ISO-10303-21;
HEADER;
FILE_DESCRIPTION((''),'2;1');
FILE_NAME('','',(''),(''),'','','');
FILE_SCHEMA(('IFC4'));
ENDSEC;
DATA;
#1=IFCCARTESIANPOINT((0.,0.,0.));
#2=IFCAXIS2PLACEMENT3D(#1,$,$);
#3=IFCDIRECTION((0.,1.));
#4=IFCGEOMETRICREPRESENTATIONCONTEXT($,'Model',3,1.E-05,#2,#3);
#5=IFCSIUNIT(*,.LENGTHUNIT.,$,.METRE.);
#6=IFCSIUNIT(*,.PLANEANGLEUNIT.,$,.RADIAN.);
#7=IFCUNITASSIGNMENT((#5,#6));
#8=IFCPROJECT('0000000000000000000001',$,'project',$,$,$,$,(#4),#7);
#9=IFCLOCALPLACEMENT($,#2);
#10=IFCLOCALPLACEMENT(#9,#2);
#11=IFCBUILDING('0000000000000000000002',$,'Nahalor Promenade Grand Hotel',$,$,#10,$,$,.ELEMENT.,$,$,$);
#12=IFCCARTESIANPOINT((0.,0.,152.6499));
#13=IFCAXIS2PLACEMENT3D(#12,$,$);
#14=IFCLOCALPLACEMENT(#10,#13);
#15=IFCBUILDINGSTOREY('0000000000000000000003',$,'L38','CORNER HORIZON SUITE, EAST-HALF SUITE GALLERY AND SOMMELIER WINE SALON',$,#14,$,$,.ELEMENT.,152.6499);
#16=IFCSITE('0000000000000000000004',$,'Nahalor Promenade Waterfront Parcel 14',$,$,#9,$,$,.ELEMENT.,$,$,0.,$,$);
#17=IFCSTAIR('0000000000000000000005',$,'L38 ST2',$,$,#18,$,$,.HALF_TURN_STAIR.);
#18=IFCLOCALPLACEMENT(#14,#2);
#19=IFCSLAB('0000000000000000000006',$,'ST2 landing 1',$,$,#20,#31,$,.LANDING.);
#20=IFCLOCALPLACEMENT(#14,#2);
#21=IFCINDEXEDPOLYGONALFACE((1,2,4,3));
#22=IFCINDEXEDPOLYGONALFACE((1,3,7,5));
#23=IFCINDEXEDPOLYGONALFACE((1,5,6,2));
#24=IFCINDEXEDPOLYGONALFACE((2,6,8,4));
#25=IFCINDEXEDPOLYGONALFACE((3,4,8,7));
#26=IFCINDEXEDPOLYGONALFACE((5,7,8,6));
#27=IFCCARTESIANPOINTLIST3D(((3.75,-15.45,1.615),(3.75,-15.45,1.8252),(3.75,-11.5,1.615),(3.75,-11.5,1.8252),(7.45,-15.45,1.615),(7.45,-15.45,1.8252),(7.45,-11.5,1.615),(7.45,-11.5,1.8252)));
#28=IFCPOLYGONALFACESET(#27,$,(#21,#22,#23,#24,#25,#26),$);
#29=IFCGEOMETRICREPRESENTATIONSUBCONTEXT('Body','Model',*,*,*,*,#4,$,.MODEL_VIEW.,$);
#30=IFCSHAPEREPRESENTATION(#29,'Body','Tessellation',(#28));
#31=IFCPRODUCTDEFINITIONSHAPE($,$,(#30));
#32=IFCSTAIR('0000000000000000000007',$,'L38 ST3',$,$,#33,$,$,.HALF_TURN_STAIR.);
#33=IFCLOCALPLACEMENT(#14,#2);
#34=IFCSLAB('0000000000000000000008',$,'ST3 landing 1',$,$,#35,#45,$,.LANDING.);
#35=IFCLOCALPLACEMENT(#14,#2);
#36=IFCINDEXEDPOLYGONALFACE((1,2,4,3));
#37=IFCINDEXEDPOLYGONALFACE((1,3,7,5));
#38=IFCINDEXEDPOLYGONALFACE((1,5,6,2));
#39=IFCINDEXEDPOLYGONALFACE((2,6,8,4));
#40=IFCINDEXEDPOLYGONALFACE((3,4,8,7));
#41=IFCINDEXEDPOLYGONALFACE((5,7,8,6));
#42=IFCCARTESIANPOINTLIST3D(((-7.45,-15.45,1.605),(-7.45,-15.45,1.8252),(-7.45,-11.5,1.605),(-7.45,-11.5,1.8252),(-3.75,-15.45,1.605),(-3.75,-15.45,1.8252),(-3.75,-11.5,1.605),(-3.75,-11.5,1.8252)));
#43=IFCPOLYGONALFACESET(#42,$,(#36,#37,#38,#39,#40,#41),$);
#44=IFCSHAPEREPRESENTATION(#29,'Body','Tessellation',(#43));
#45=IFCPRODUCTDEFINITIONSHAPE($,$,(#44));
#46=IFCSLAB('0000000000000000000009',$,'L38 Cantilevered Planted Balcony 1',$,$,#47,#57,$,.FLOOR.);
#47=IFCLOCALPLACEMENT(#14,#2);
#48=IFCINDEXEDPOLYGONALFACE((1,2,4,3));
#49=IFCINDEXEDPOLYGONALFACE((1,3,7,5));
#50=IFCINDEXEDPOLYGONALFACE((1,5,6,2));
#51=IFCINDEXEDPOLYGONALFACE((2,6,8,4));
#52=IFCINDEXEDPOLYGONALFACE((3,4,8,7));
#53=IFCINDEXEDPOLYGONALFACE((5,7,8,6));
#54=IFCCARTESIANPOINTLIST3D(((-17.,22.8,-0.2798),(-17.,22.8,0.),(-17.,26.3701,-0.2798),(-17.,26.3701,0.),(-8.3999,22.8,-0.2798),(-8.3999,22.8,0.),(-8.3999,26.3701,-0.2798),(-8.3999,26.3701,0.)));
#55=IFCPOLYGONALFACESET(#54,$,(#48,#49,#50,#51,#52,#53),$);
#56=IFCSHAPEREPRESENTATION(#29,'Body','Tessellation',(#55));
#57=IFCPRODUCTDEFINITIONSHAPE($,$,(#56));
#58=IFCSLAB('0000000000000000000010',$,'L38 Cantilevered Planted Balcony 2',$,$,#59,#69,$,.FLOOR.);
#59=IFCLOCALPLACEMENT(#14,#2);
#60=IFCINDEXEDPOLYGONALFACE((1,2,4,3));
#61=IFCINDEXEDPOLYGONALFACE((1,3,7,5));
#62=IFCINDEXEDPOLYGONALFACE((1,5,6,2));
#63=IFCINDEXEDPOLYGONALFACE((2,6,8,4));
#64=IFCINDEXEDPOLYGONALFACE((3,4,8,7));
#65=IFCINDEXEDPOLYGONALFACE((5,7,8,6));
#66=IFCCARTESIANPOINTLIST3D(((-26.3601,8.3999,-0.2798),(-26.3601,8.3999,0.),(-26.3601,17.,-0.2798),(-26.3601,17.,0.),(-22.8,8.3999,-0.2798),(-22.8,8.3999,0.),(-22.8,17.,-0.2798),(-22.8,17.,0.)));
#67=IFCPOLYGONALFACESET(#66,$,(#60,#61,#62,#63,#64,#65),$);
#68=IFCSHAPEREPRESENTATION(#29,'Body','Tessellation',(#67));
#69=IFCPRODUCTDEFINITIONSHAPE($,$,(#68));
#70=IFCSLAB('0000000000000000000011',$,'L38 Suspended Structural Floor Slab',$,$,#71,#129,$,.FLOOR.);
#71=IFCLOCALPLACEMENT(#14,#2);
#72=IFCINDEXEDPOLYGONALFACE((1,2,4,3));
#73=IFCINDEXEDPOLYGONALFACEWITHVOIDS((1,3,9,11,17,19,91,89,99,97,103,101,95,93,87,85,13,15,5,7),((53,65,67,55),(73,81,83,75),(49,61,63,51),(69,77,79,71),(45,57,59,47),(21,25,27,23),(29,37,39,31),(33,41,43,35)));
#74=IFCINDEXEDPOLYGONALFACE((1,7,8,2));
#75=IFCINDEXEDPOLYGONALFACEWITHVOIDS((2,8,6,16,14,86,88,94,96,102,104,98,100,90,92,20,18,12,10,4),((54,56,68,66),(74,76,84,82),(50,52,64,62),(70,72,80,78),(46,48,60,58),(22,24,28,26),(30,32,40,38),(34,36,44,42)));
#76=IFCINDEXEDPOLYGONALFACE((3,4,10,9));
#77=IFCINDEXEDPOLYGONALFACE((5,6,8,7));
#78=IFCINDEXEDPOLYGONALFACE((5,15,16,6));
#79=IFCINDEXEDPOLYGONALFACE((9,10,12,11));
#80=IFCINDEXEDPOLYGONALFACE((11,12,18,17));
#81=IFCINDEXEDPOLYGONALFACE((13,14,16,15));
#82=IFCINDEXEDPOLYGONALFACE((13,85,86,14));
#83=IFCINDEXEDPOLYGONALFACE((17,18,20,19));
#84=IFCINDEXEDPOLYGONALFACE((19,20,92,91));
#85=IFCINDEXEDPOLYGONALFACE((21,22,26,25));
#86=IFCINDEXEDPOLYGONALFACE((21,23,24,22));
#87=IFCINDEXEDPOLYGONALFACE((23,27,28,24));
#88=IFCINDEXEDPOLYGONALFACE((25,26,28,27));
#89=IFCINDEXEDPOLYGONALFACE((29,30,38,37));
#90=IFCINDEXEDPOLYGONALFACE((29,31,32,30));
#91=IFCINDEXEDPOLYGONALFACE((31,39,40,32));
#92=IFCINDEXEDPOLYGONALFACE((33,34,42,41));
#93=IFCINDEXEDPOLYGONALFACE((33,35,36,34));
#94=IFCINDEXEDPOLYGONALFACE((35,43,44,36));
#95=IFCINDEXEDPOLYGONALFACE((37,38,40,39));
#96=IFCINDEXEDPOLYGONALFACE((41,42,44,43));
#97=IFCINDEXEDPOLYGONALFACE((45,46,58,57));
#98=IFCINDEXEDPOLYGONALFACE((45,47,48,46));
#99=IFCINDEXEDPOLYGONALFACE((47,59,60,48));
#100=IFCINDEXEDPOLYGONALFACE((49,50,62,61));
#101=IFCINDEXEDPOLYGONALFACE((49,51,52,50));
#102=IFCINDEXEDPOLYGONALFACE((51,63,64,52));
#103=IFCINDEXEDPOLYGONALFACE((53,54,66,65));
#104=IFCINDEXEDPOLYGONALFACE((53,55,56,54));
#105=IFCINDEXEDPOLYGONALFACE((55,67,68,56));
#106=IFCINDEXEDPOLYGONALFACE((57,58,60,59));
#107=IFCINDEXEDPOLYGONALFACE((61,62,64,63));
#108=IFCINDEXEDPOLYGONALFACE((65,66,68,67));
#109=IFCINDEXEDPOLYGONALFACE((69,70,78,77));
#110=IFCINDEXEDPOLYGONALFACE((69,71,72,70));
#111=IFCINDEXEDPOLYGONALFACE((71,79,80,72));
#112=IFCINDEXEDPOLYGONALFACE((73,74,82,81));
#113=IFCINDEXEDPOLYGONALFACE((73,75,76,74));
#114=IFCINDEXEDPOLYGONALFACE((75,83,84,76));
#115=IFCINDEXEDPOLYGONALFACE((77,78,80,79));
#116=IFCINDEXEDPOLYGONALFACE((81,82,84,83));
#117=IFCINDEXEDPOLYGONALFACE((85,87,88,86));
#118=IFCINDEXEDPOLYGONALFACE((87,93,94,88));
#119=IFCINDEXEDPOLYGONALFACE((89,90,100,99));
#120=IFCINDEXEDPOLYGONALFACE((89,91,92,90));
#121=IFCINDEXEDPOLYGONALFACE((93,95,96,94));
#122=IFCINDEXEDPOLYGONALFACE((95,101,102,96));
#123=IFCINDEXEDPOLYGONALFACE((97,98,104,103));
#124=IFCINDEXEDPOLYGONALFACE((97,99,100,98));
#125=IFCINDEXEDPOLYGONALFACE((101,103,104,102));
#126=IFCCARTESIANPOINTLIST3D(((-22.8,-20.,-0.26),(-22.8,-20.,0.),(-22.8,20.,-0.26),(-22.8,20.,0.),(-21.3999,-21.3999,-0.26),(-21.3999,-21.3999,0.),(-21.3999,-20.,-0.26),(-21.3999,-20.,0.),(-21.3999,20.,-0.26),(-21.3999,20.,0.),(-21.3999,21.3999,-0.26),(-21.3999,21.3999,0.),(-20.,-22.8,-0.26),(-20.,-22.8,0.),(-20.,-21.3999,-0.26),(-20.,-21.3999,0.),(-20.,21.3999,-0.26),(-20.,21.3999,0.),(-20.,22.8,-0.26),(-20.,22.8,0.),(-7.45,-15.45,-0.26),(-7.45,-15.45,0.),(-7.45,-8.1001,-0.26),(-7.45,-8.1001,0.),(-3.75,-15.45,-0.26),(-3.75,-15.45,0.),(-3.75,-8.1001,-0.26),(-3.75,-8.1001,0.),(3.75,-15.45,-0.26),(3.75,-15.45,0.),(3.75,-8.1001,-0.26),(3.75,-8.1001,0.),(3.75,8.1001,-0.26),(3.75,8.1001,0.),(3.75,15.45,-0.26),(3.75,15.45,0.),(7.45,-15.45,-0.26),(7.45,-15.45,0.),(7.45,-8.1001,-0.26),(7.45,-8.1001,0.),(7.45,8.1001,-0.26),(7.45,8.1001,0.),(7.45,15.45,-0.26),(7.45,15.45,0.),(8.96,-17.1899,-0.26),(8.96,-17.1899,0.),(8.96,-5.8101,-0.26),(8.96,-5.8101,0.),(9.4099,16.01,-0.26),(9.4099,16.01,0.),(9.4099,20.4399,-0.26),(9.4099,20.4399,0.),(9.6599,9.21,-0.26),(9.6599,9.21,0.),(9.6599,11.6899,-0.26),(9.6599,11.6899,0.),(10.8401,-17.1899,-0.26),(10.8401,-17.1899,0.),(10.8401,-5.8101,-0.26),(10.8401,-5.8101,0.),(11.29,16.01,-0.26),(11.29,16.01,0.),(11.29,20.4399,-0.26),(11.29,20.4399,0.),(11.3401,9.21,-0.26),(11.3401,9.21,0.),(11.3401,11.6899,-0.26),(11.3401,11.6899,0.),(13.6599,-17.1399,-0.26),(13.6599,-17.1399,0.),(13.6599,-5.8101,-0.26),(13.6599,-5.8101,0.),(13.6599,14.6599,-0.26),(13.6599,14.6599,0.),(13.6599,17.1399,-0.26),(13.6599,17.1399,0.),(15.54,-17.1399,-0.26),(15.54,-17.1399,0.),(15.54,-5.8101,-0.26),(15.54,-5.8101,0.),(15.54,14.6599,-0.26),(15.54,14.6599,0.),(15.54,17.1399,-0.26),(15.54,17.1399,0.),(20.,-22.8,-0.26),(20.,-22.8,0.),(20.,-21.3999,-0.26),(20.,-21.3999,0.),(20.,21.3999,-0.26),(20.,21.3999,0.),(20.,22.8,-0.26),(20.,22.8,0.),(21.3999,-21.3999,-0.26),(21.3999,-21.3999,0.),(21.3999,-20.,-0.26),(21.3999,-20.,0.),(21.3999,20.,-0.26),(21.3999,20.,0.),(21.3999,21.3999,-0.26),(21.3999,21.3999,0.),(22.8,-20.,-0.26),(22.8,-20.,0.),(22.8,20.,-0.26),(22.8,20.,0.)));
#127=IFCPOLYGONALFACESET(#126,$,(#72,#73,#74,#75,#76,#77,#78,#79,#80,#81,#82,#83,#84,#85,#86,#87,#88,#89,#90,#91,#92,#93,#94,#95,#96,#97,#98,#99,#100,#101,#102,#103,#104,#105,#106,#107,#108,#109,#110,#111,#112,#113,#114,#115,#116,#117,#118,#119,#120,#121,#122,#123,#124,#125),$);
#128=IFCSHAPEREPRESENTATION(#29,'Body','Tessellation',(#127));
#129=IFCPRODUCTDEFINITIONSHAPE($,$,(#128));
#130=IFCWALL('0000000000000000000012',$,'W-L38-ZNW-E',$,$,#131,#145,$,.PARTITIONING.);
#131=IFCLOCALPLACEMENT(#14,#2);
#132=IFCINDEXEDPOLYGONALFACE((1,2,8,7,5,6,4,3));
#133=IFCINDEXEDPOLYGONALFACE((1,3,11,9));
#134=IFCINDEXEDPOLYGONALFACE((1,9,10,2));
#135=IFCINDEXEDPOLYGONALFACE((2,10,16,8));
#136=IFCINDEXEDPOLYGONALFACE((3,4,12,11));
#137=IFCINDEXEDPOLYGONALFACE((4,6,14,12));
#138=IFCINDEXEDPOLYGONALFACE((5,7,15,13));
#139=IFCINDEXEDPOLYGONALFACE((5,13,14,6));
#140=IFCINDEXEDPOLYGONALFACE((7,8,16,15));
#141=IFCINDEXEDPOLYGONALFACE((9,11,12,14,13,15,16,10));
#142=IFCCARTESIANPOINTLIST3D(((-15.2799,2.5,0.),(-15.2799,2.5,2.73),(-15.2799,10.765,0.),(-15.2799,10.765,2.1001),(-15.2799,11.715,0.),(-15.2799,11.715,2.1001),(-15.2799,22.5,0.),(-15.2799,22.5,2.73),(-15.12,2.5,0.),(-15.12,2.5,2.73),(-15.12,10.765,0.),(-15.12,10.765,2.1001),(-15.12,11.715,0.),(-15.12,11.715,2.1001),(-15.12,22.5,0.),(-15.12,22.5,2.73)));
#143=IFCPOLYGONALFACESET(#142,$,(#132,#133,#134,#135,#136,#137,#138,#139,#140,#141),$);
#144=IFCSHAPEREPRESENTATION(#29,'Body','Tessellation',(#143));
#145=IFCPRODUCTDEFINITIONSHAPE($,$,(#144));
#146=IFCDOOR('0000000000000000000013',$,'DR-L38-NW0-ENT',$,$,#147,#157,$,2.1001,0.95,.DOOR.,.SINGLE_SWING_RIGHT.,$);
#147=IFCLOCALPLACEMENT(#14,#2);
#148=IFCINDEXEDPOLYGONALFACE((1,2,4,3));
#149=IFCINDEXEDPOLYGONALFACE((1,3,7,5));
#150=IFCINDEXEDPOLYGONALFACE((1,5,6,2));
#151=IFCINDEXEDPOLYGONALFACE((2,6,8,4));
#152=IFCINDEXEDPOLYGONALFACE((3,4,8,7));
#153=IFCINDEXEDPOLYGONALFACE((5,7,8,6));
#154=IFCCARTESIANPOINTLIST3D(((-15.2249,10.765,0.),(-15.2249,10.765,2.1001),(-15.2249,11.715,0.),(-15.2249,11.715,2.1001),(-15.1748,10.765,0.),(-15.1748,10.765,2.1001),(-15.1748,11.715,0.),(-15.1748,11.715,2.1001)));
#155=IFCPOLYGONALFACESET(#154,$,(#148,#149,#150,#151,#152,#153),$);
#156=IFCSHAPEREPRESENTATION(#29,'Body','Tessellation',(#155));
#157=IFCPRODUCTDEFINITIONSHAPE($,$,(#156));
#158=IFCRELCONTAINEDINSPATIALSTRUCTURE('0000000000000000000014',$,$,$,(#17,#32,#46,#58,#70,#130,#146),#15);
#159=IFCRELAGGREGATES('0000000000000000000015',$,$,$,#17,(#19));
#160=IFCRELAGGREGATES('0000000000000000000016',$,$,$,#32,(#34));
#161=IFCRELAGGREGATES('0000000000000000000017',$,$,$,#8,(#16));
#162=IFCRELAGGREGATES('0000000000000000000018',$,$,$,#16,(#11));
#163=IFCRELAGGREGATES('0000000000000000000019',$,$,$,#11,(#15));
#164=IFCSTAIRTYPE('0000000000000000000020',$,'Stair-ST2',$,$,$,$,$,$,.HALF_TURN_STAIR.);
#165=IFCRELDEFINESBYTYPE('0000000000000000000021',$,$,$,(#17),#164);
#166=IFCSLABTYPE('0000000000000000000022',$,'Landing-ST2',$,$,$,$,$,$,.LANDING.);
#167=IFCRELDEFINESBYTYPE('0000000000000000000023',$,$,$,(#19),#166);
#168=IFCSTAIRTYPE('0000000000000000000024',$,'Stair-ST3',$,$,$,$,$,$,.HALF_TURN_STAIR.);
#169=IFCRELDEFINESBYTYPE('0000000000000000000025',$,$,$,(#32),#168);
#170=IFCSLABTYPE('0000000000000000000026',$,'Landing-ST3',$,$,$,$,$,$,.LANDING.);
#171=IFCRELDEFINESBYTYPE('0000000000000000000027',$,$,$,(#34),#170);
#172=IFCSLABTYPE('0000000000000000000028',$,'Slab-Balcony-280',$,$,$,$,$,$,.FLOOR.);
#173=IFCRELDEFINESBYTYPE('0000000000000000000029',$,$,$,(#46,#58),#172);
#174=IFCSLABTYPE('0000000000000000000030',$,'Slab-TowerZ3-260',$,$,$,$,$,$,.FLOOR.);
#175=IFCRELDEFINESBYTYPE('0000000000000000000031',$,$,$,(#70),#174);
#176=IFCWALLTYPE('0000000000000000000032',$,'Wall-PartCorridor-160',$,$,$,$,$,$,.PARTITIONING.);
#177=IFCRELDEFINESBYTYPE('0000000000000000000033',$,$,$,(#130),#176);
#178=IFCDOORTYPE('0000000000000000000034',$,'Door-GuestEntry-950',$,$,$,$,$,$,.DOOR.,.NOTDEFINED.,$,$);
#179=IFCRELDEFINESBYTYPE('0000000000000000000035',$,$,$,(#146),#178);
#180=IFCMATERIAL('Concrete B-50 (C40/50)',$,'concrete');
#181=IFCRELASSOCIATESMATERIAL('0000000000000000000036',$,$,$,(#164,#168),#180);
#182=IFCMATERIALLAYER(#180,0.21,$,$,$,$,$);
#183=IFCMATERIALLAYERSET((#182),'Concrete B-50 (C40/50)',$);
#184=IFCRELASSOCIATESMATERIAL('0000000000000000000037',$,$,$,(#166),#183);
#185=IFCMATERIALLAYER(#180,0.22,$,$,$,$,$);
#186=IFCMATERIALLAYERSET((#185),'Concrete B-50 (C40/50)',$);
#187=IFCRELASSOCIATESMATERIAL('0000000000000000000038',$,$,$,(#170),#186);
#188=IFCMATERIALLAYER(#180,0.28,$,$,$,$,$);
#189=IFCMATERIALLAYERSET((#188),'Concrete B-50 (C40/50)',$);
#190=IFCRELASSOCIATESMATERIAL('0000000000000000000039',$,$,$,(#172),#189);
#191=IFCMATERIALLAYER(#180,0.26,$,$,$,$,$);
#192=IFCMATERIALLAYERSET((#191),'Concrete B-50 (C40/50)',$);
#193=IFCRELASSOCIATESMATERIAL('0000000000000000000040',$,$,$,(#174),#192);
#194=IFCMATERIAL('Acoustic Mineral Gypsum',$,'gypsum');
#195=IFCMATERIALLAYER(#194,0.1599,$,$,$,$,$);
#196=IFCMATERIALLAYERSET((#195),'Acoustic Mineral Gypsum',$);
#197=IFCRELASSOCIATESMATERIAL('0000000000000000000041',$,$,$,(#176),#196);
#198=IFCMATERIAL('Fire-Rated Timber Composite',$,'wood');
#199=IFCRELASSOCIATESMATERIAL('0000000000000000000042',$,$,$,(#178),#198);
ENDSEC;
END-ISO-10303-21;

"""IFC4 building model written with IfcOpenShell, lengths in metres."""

from ifc_helpers import new_model, si_unit, direction, frame, frame_2d, origin, place, context, subcontext, project, spatial, polyline, rectangle, outline, extrude, source, transform, mapped, material, layer, layer_set, type_object, element, fill, aggregate, save


model = new_model("IFC4")

# Units and contexts
model_context = context("Model", 3, precision=1e-05, world=origin(), true_north=direction((0.0, 1.0)))
body_context = subcontext(model_context, "Body", "Model", "MODEL_VIEW")
ifc_project = project(units=[si_unit("LENGTHUNIT", "METRE"), si_unit("PLANEANGLEUNIT", "RADIAN")], contexts=[model_context])

# Site, building, storey
site_placement = place(None, origin())
site = spatial("IfcSite", under=ifc_project, at=site_placement, Name="Nahalor Promenade Waterfront Parcel 14", CompositionType="ELEMENT", RefElevation=0.0)
building_placement = place(site_placement, origin())
building = spatial("IfcBuilding", under=site, at=building_placement, Name="Nahalor Promenade Grand Hotel", CompositionType="ELEMENT")
storey_placement = place(building_placement, frame((0.0, 0.0, 152.6499)))
storey = spatial("IfcBuildingStorey", under=building, at=storey_placement, Name="L38", Description="CORNER HORIZON SUITE, EAST-HALF SUITE GALLERY AND SOMMELIER WINE SALON", CompositionType="ELEMENT", Elevation=152.6499)

# Stairs, slabs
ifc_material_1 = material(Name="Concrete B-50 (C40/50)", Category="concrete")
stair_type_1 = type_object("IfcStairType", Name="Stair-ST2", PredefinedType="HALF_TURN_STAIR", material=ifc_material_1)
stair_1_placement = place(storey_placement, origin())
stair_1 = element("IfcStair", 1, at=stair_1_placement, inside=storey, type_object=stair_type_1, Name="L38 ST2", PredefinedType="HALF_TURN_STAIR")
ifc_layer_1 = layer(ifc_material_1, 0.21)
ifc_layer_set_1 = layer_set([ifc_layer_1], Name="Concrete B-50 (C40/50)")
slab_type_1 = type_object("IfcSlabType", Name="Landing-ST2", PredefinedType="LANDING", material=ifc_layer_set_1)
slab_1_placement = place(storey_placement, frame((0.0, 0.0, 1.615)))
slab_1 = element("IfcSlab", 2, at=slab_1_placement, type_object=slab_type_1, Name="ST2 landing 1", PredefinedType="LANDING", context=body_context, shape_type="SweptSolid", body=[
    extrude(outline(polyline([(3.75, -11.5), (3.75, -15.45), (7.45, -15.45), (7.45, -11.5), (3.75, -11.5)])), origin(), (0.0, 0.0, 1.0), 0.2102),
])
aggregate(stair_1, [slab_1])
stair_type_2 = type_object("IfcStairType", Name="Stair-ST3", PredefinedType="HALF_TURN_STAIR", material=ifc_material_1)
stair_2_placement = place(storey_placement, origin())
stair_2 = element("IfcStair", 3, at=stair_2_placement, inside=storey, type_object=stair_type_2, Name="L38 ST3", PredefinedType="HALF_TURN_STAIR")
ifc_layer_2 = layer(ifc_material_1, 0.22)
ifc_layer_set_2 = layer_set([ifc_layer_2], Name="Concrete B-50 (C40/50)")
slab_type_2 = type_object("IfcSlabType", Name="Landing-ST3", PredefinedType="LANDING", material=ifc_layer_set_2)
slab_2_placement = place(storey_placement, frame((0.0, 0.0, 1.605)))
slab_2 = element("IfcSlab", 4, at=slab_2_placement, type_object=slab_type_2, Name="ST3 landing 1", PredefinedType="LANDING", context=body_context, shape_type="SweptSolid", body=[
    extrude(outline(polyline([(-7.45, -11.5), (-7.45, -15.45), (-3.75, -15.45), (-3.75, -11.5), (-7.45, -11.5)])), origin(), (0.0, 0.0, 1.0), 0.2202),
])
aggregate(stair_2, [slab_2])

# Slabs
ifc_layer_3 = layer(ifc_material_1, 0.28)
ifc_layer_set_3 = layer_set([ifc_layer_3], Name="Concrete B-50 (C40/50)")
slab_type_3 = type_object("IfcSlabType", Name="Slab-Balcony-280", PredefinedType="FLOOR", material=ifc_layer_set_3)
slab_3_placement = place(storey_placement, frame((0.0, 0.0, -0.2798)))
element("IfcSlab", 5, at=slab_3_placement, inside=storey, type_object=slab_type_3, Name="L38 Cantilevered Planted Balcony 1", PredefinedType="FLOOR", context=body_context, shape_type="SweptSolid", body=[
    extrude(outline(polyline([(-17.0, 22.8), (-8.3999, 22.8), (-8.3999, 26.3701), (-17.0, 26.3701), (-17.0, 22.8)])), origin(), (0.0, 0.0, 1.0), 0.2798),
])
slab_4_placement = place(storey_placement, frame((0.0, 0.0, -0.2798)))
element("IfcSlab", 6, at=slab_4_placement, inside=storey, type_object=slab_type_3, Name="L38 Cantilevered Planted Balcony 2", PredefinedType="FLOOR", context=body_context, shape_type="SweptSolid", body=[
    extrude(outline(polyline([(-26.3601, 8.3999), (-22.8, 8.3999), (-22.8, 17.0), (-26.3601, 17.0), (-26.3601, 8.3999)])), origin(), (0.0, 0.0, 1.0), 0.2798),
])
ifc_layer_4 = layer(ifc_material_1, 0.26)
ifc_layer_set_4 = layer_set([ifc_layer_4], Name="Concrete B-50 (C40/50)")
slab_type_4 = type_object("IfcSlabType", Name="Slab-TowerZ3-260", PredefinedType="FLOOR", material=ifc_layer_set_4)
slab_5_placement = place(storey_placement, frame((0.0, 0.0, -0.26)))
element("IfcSlab", 7, at=slab_5_placement, inside=storey, type_object=slab_type_4, Name="L38 Suspended Structural Floor Slab", PredefinedType="FLOOR", context=body_context, shape_type="SweptSolid", body=[
    extrude(outline(polyline([(-20.0, -22.8), (20.0, -22.8), (20.0, -21.3999), (21.3999, -21.3999), (21.3999, -20.0), (22.8, -20.0), (22.8, 20.0), (21.3999, 20.0), (21.3999, 21.3999), (20.0, 21.3999), (20.0, 22.8), (-20.0, 22.8), (-20.0, 21.3999), (-21.3999, 21.3999), (-21.3999, 20.0), (-22.8, 20.0), (-22.8, -20.0), (-21.3999, -20.0), (-21.3999, -21.3999), (-20.0, -21.3999), (-20.0, -22.8)]), holes=[polyline([(3.75, 8.1001), (7.45, 8.1001), (7.45, 15.45), (3.75, 15.45), (3.75, 8.1001)]), polyline([(3.75, -15.45), (7.45, -15.45), (7.45, -8.1001), (3.75, -8.1001), (3.75, -15.45)]), polyline([(-7.45, -15.45), (-3.75, -15.45), (-3.75, -8.1001), (-7.45, -8.1001), (-7.45, -15.45)]), polyline([(13.6599, -17.1399), (15.54, -17.1399), (15.54, -5.8101), (13.6599, -5.8101), (13.6599, -17.1399)]), polyline([(8.96, -17.1899), (10.8401, -17.1899), (10.8401, -5.8101), (8.96, -5.8101), (8.96, -17.1899)]), polyline([(9.4099, 16.01), (11.29, 16.01), (11.29, 20.4399), (9.4099, 20.4399), (9.4099, 16.01)]), polyline([(9.6599, 9.21), (11.3401, 9.21), (11.3401, 11.6899), (9.6599, 11.6899), (9.6599, 9.21)]), polyline([(13.6599, 14.6599), (15.54, 14.6599), (15.54, 17.1399), (13.6599, 17.1399), (13.6599, 14.6599)])]), origin(), (0.0, 0.0, 1.0), 0.26),
])

# Wall, opening, door
ifc_material_2 = material(Name="Acoustic Mineral Gypsum", Category="gypsum")
ifc_layer_5 = layer(ifc_material_2, 0.1599)
ifc_layer_set_5 = layer_set([ifc_layer_5], Name="Acoustic Mineral Gypsum")
wall_type_1 = type_object("IfcWallType", Name="Wall-PartCorridor-160", PredefinedType="PARTITIONING", material=ifc_layer_set_5)
shared_shape_1 = source(origin(), body_context, "Body", "SweptSolid", [
    extrude(rectangle(XDim=20.0, YDim=0.1599, at=frame_2d((10.0, 0.0))), origin(), (0.0, 0.0, 1.0), 2.73),
])
wall_1_placement = place(storey_placement, frame((-15.2, 2.5, 0.0), z_axis=(0.0, 0.0, 1.0), x_axis=(0.0, 1.0, 0.0)))
wall_1 = element("IfcWall", 8, at=wall_1_placement, inside=storey, type_object=wall_type_1, Name="W-L38-ZNW-E", PredefinedType="PARTITIONING", context=body_context, shape_type="MappedRepresentation", body=[
    mapped(shared_shape_1, transform((0.0, 0.0, 0.0), scale=1.0)),
])
opening_1_placement = place(wall_1_placement, frame((8.2649, 0.0, 0.0)))
opening_1 = element("IfcOpeningElement", 9, at=opening_1_placement, cuts=wall_1, PredefinedType="OPENING", context=body_context, shape_type="SweptSolid", body=[
    extrude(rectangle(XDim=0.95, YDim=2.1001, at=frame_2d((0.4751, 1.05))), frame((0.0, 0.0898, 0.0), z_axis=(0.0, -1.0, 0.0), x_axis=(1.0, 0.0, 0.0)), (0.0, 0.0, 1.0), 0.1799),
])
ifc_material_3 = material(Name="Fire-Rated Timber Composite", Category="wood")
door_type_1 = type_object("IfcDoorType", Name="Door-GuestEntry-950", OperationType="NOTDEFINED", PredefinedType="DOOR", material=ifc_material_3)
shared_shape_2 = source(origin(), body_context, "Body", "SweptSolid", [
    extrude(rectangle(XDim=0.95, YDim=2.1001, at=frame_2d((0.4751, 1.05))), frame((0.0, 0.0249, 0.0), z_axis=(0.0, -1.0, 0.0), x_axis=(1.0, 0.0, 0.0)), (0.0, 0.0, 1.0), 0.05),
])
door_1_placement = place(opening_1_placement, origin())
door_1 = element("IfcDoor", 10, at=door_1_placement, inside=storey, type_object=door_type_1, Name="DR-L38-NW0-ENT", OperationType="SINGLE_SWING_RIGHT", OverallHeight=2.1001, OverallWidth=0.95, PredefinedType="DOOR", context=body_context, shape_type="MappedRepresentation", body=[
    mapped(shared_shape_2, transform((0.0, 0.0, 0.0), scale=1.0)),
])
fill(opening_1, door_1)

save(model, "model.ifc")
